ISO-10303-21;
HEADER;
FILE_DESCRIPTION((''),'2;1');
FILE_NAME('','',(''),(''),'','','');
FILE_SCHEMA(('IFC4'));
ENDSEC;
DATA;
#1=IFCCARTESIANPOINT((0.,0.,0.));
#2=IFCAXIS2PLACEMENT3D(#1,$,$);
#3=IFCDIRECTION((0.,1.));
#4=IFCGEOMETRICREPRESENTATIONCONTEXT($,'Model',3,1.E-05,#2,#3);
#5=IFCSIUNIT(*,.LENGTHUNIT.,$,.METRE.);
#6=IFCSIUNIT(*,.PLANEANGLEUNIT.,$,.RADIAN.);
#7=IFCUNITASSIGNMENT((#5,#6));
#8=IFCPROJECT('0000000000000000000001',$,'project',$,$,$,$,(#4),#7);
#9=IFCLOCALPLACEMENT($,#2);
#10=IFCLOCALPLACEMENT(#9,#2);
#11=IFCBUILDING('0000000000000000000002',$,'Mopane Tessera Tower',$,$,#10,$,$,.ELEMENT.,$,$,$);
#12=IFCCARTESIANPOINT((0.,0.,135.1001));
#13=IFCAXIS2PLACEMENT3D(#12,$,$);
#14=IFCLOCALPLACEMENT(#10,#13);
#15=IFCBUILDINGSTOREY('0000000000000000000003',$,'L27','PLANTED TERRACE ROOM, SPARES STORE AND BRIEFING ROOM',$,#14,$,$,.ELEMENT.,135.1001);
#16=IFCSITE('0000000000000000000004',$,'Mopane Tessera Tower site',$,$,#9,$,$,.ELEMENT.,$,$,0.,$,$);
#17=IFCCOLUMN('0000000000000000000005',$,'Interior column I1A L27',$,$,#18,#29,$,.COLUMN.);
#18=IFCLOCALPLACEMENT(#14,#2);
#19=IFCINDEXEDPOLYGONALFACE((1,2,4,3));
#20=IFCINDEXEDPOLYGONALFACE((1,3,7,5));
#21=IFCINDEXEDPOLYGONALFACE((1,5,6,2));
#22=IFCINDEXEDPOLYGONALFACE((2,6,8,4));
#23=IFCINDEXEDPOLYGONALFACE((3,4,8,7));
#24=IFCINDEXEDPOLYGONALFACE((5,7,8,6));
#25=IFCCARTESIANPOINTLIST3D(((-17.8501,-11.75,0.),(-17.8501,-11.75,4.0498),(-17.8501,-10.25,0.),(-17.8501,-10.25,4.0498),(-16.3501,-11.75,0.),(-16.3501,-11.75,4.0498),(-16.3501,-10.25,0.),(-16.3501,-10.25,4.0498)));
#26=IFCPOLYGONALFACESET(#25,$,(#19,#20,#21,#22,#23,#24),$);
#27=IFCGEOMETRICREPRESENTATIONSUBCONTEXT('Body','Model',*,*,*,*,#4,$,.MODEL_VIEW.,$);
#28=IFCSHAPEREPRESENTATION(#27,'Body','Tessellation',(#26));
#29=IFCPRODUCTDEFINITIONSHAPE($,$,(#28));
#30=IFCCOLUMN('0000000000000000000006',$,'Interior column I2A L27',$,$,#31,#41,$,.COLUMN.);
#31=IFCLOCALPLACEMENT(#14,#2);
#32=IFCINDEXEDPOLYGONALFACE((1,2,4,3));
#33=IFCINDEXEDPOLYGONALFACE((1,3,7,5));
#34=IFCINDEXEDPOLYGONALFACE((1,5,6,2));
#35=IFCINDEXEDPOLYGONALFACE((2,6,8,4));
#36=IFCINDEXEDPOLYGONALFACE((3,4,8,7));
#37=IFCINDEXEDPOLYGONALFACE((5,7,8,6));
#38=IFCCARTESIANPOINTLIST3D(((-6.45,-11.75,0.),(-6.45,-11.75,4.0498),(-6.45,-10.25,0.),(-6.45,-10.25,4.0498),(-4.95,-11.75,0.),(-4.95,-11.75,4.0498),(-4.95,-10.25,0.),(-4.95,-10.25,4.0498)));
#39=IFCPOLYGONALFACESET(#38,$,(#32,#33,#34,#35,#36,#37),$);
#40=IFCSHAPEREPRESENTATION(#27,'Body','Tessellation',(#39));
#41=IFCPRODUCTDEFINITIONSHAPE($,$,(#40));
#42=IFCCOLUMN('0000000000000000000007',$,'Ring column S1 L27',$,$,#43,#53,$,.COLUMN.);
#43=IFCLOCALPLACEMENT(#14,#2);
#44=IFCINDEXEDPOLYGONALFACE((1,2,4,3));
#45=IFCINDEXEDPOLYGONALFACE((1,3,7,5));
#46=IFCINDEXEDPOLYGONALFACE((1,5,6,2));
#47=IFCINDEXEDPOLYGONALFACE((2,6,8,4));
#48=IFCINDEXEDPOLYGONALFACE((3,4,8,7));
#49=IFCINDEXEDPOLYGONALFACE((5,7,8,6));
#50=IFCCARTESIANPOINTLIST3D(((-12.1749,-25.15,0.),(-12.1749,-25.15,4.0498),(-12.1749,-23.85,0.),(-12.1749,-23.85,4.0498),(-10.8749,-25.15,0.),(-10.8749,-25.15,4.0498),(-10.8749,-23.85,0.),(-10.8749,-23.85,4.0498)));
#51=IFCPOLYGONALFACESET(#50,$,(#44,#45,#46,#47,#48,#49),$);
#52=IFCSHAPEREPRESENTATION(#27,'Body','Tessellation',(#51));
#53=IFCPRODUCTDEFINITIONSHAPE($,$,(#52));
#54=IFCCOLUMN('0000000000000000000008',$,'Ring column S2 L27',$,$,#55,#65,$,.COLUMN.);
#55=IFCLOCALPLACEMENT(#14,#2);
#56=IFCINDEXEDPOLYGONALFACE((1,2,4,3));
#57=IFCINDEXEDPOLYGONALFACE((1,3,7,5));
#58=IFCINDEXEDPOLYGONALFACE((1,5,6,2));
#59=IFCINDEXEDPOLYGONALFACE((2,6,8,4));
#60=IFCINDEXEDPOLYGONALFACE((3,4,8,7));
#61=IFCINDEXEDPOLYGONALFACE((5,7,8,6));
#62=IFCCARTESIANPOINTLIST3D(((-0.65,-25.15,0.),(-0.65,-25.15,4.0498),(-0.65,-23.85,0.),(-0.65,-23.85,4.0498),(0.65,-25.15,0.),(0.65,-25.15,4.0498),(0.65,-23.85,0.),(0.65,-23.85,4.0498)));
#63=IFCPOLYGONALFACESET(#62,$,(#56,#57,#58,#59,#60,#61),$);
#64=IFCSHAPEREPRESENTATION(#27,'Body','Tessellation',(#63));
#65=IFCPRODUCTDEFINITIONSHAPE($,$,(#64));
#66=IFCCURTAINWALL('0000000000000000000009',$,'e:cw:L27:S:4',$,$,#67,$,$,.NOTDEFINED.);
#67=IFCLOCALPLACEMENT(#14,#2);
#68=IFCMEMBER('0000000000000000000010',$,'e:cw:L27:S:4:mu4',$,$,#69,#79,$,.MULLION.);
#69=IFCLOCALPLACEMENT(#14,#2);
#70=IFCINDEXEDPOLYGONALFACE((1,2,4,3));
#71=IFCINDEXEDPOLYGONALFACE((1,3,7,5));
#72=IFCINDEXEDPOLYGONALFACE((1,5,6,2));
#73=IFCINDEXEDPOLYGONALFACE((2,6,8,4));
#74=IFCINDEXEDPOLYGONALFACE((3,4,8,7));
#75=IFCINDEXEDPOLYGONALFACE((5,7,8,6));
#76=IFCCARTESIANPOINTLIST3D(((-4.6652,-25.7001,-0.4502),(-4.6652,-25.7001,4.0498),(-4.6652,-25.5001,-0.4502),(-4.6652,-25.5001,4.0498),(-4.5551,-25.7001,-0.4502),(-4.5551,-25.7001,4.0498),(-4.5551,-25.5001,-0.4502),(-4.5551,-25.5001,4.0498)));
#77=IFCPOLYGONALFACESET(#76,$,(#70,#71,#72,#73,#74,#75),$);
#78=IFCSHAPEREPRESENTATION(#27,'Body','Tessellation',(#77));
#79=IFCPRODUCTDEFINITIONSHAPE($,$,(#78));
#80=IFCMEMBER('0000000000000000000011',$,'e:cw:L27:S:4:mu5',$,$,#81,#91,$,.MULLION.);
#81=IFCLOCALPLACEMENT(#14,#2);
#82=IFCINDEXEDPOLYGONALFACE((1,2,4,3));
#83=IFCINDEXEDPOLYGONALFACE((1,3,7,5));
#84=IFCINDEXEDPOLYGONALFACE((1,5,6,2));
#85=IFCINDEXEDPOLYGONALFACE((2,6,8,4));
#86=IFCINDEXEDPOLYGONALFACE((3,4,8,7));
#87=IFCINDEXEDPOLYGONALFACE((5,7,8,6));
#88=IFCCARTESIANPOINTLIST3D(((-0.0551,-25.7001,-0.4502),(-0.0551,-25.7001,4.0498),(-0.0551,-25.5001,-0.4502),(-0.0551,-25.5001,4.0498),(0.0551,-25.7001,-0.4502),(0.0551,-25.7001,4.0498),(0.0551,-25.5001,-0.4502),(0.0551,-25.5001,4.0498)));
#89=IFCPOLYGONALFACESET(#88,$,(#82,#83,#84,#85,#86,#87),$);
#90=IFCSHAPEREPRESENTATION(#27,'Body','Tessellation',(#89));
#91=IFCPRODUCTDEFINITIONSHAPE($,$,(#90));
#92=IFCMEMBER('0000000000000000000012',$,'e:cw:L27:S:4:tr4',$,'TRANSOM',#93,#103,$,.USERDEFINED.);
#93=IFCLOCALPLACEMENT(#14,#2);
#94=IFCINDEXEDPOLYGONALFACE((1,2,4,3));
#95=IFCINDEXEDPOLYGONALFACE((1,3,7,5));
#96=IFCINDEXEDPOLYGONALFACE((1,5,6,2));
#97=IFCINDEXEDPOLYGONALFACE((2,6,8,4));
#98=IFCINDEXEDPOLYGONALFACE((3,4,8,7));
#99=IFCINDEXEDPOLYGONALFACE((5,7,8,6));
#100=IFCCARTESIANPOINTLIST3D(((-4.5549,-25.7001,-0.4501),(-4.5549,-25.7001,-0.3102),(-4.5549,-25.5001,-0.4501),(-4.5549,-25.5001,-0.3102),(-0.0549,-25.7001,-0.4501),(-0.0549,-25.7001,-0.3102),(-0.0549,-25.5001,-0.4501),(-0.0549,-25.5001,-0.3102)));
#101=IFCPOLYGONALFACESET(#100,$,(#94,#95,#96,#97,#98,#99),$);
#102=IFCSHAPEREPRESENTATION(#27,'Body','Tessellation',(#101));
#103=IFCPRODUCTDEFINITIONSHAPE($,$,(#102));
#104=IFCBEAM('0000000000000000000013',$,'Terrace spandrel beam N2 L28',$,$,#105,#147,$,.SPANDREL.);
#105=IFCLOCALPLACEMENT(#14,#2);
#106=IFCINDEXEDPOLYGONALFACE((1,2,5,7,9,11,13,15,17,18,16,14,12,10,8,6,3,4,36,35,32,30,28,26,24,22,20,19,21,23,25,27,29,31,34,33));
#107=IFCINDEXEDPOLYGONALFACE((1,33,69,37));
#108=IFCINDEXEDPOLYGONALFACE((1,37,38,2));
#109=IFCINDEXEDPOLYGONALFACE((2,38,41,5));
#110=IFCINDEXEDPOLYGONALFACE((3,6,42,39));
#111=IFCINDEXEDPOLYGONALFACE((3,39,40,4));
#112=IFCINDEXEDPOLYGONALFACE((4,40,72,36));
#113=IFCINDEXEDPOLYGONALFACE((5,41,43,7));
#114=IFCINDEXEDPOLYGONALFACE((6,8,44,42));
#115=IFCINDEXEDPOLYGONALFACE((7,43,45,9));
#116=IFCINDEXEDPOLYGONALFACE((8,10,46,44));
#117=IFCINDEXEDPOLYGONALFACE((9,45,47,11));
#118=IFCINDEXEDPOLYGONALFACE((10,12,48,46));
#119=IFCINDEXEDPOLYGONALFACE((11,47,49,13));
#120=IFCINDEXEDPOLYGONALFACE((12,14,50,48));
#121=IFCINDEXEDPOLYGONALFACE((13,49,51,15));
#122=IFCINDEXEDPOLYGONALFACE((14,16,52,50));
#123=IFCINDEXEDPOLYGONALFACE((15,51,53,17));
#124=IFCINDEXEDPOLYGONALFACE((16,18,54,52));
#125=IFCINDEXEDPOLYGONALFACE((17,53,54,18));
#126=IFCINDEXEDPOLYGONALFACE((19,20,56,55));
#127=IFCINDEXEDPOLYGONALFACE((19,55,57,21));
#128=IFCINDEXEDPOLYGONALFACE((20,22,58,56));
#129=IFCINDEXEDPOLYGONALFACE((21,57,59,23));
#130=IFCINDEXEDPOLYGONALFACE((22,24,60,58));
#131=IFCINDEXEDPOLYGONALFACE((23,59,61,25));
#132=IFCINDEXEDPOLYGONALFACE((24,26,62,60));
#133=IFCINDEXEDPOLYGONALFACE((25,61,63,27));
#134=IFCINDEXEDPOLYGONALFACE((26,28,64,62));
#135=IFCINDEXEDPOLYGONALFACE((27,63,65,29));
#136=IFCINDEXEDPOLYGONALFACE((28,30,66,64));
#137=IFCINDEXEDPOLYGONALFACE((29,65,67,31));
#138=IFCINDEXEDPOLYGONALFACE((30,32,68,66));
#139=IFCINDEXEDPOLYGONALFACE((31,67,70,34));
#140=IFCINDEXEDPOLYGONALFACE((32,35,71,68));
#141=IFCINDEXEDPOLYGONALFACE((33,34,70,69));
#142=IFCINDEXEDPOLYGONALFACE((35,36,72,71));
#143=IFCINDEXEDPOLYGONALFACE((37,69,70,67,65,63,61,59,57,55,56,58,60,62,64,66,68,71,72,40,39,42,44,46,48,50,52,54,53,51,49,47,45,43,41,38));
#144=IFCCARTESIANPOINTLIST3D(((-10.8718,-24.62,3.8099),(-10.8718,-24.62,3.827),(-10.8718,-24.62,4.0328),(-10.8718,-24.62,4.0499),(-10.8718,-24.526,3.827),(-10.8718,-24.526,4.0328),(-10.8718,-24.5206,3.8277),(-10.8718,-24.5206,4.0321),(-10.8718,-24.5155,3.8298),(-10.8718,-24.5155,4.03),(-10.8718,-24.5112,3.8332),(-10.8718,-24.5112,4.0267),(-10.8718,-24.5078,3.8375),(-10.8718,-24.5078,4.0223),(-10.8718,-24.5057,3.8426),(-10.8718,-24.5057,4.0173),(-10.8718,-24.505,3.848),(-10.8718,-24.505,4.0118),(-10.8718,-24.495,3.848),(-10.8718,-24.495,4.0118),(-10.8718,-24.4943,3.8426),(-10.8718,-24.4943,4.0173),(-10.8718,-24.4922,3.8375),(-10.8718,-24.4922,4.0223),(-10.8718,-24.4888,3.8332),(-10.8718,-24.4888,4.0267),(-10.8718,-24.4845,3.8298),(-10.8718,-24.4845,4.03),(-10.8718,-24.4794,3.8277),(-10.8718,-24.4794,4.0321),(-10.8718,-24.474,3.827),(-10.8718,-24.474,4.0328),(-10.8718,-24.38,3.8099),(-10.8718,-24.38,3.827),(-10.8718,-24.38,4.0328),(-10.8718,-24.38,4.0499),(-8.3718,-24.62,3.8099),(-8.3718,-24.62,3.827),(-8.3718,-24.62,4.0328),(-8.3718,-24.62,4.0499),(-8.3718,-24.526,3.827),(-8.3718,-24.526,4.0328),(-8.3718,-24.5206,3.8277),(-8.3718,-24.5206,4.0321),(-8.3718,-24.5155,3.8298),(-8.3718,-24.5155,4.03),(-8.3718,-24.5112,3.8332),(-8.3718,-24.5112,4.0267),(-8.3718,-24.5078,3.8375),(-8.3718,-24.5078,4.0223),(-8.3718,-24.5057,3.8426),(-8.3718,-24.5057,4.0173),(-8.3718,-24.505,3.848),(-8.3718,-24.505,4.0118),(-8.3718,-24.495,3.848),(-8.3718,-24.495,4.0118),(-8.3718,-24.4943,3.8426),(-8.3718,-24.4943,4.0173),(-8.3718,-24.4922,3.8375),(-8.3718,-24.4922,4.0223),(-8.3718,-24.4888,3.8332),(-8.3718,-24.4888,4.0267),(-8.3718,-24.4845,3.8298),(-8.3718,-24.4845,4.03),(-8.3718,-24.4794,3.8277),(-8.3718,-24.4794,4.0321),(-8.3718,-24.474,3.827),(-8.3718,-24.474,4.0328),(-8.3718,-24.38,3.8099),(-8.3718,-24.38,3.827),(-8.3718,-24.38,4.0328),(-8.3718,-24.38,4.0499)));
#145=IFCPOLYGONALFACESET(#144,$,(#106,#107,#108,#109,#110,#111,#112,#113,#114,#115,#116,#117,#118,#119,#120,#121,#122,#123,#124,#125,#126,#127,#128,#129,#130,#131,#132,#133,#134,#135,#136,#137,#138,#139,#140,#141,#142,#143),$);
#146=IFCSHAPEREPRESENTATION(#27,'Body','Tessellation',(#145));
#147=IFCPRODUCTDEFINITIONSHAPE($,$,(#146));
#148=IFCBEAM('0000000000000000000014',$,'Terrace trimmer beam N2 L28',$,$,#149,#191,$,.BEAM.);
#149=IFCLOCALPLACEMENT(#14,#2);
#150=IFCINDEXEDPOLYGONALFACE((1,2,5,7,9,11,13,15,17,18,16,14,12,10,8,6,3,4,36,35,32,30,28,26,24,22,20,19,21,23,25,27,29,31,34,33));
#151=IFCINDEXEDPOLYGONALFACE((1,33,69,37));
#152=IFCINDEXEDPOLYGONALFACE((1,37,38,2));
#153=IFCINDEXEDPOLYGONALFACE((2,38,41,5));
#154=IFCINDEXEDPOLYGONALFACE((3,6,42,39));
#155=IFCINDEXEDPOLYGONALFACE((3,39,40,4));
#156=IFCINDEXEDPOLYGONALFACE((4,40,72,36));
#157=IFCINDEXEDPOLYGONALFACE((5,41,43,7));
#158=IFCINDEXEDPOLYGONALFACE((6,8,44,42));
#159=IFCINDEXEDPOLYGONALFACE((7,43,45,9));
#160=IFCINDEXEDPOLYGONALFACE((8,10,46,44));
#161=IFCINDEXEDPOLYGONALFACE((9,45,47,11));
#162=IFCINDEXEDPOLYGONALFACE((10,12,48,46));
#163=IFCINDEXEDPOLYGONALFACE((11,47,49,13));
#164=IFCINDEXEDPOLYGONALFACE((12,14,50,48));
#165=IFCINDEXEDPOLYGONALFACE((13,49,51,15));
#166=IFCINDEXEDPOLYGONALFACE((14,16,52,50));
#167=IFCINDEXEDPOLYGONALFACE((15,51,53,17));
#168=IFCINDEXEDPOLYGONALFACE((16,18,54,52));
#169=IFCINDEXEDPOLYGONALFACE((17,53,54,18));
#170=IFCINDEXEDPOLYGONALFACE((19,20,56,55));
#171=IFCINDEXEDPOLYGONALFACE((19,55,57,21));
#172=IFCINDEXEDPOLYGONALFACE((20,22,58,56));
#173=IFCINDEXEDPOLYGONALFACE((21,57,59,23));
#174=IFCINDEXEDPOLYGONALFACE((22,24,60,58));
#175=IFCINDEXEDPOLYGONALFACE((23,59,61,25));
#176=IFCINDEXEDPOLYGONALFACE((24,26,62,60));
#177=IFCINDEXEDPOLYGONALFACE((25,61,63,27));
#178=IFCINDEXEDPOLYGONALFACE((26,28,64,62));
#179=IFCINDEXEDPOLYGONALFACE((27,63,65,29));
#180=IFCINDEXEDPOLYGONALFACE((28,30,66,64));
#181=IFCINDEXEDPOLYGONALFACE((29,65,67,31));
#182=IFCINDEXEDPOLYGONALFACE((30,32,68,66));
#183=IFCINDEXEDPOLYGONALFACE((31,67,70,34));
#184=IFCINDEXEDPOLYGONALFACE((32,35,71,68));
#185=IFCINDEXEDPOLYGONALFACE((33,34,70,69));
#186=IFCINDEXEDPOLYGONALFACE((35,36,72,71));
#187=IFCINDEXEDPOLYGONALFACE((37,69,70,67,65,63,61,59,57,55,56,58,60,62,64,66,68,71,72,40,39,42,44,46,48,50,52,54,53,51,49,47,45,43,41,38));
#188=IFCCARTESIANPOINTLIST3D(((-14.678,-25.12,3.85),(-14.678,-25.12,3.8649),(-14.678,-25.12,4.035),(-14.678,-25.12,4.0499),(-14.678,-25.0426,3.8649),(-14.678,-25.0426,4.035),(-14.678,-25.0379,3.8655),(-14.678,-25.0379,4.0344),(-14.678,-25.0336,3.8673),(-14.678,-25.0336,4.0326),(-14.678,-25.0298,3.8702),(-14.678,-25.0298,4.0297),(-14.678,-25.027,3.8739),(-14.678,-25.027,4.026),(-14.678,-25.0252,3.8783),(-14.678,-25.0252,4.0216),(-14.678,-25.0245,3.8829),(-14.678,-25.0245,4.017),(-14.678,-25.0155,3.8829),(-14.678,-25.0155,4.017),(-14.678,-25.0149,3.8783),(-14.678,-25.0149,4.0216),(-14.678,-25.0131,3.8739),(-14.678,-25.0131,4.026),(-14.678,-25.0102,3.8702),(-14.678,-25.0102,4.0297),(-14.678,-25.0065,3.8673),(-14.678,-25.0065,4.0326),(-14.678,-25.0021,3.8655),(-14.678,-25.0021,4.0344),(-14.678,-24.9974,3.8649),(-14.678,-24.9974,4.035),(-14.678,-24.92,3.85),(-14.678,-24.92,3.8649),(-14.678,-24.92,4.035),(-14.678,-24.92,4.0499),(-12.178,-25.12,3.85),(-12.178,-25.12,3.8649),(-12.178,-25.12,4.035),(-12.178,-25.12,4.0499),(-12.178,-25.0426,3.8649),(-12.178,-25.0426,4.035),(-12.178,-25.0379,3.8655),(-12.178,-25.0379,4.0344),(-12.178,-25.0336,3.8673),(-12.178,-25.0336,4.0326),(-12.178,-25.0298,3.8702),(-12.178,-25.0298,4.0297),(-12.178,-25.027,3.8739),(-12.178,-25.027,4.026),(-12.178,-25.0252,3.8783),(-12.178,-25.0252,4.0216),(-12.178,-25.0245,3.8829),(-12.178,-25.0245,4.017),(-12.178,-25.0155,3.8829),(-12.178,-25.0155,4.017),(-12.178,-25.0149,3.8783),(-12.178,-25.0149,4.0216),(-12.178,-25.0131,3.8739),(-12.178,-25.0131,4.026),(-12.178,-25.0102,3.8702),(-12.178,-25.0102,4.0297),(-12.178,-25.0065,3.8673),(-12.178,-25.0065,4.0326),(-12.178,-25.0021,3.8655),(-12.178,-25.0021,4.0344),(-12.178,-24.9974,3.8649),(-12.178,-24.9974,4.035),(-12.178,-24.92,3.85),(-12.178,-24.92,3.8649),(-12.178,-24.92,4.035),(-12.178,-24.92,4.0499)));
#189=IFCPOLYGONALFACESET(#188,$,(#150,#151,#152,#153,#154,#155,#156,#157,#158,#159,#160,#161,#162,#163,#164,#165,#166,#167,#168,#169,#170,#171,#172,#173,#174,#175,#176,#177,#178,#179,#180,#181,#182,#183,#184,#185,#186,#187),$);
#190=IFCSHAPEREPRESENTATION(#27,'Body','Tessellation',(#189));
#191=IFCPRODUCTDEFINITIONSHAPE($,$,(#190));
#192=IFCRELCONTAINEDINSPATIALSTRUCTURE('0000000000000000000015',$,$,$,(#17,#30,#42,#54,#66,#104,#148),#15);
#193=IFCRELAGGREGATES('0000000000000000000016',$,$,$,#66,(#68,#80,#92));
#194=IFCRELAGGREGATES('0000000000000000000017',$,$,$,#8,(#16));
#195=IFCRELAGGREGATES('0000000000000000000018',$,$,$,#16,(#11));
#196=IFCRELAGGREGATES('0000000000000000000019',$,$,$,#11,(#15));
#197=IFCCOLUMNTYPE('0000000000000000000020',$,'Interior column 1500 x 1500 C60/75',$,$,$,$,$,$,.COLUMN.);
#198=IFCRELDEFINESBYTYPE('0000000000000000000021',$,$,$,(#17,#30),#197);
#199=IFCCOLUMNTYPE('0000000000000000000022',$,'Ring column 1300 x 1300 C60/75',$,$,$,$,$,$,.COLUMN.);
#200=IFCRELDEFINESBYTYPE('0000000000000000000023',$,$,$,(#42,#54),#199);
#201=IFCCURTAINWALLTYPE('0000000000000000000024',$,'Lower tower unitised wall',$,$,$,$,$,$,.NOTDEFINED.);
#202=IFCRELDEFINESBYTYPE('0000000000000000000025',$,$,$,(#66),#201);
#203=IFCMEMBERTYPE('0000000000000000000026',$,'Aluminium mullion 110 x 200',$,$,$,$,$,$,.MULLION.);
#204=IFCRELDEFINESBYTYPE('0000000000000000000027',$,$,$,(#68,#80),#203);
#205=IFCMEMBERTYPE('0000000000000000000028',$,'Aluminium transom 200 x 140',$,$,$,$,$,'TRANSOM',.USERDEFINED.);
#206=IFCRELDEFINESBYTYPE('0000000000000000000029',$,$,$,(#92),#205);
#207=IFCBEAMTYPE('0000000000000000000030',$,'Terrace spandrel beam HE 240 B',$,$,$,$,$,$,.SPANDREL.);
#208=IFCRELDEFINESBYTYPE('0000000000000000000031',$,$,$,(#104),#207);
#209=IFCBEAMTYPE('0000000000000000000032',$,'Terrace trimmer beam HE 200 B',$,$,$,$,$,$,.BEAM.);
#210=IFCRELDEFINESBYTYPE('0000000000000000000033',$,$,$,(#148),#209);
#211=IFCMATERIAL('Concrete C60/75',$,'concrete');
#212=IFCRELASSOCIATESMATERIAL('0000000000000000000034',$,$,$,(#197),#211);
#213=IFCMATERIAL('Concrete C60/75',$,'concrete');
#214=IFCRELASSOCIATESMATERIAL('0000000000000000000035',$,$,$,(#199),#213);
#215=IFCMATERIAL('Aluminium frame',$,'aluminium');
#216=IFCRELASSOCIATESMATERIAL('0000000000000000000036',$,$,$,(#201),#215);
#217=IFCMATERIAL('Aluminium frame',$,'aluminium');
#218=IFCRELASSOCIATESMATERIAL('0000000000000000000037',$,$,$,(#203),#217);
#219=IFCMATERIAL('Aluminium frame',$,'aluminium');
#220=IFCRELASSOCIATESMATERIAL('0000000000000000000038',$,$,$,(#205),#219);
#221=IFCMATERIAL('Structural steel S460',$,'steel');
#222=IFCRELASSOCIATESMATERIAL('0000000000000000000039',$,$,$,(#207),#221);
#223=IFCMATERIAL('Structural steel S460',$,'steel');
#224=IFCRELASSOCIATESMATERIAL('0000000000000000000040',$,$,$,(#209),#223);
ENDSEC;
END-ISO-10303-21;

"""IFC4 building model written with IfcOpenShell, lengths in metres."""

from ifc_helpers import new_model, si_unit, direction, frame, origin, origin_2d, place, context, subcontext, project, spatial, rectangle, i_section, extrude, material, material_profile, profile_set, type_object, element, aggregate, save


model = new_model("IFC4")

# Units and contexts
model_context = context("Model", 3, precision=1e-05, world=origin(), true_north=direction((0.0, 1.0)))
body_context = subcontext(model_context, "Body", "Model", "MODEL_VIEW")
ifc_project = project(units=[si_unit("LENGTHUNIT", "METRE"), si_unit("PLANEANGLEUNIT", "RADIAN")], contexts=[model_context])

# Site, building, storey
site_placement = place(None, origin())
site = spatial("IfcSite", under=ifc_project, at=site_placement, Name="Mopane Tessera Tower site", CompositionType="ELEMENT", RefElevation=0.0)
building_placement = place(site_placement, origin())
building = spatial("IfcBuilding", under=site, at=building_placement, Name="Mopane Tessera Tower", CompositionType="ELEMENT")
storey_placement = place(building_placement, frame((0.0, 0.0, 135.1001)))
storey = spatial("IfcBuildingStorey", under=building, at=storey_placement, Name="L27", Description="PLANTED TERRACE ROOM, SPARES STORE AND BRIEFING ROOM", CompositionType="ELEMENT", Elevation=135.1001)

# Columns
ifc_material_1 = material(Name="Concrete C60/75", Category="concrete")
ifc_material_profile_1 = material_profile(ifc_material_1, rectangle(XDim=1.5, YDim=1.5, at=origin_2d()))
ifc_profile_set_1 = profile_set([ifc_material_profile_1], Name="Concrete C60/75")
column_type_1 = type_object("IfcColumnType", Name="Interior column 1500 x 1500 C60/75", PredefinedType="COLUMN", material=ifc_profile_set_1)
for number, where, z_axis, x_axis, name in (
    (1, (-17.1001, -11.0, 0.0), (0.0, 0.0, 1.0), (1.0, 0.0, 0.0), "Interior column I1A L27"),
    (2, (-5.7, -11.0, 0.0), (0.0, 0.0, 1.0), (1.0, 0.0, 0.0), "Interior column I2A L27"),
):
    element("IfcColumn", number, at=place(storey_placement, frame(where, z_axis=z_axis, x_axis=x_axis)), inside=storey, type_object=column_type_1, Name=name, PredefinedType="COLUMN", context=body_context, shape_type="SweptSolid", body=[
        extrude(rectangle(XDim=1.5, YDim=1.5, at=origin_2d()), origin(), (0.0, 0.0, 1.0), 4.0498),
    ])
ifc_material_2 = material(Name="Concrete C60/75", Category="concrete")
ifc_material_profile_2 = material_profile(ifc_material_2, rectangle(XDim=1.3, YDim=1.3, at=origin_2d()))
ifc_profile_set_2 = profile_set([ifc_material_profile_2], Name="Concrete C60/75")
column_type_2 = type_object("IfcColumnType", Name="Ring column 1300 x 1300 C60/75", PredefinedType="COLUMN", material=ifc_profile_set_2)
for number, where, z_axis, x_axis, name in (
    (3, (-11.5249, -24.5, 0.0), (0.0, 0.0, 1.0), (1.0, 0.0, 0.0), "Ring column S1 L27"),
    (4, (0.0, -24.5, 0.0), (0.0, 0.0, 1.0), (1.0, 0.0, 0.0), "Ring column S2 L27"),
):
    element("IfcColumn", number, at=place(storey_placement, frame(where, z_axis=z_axis, x_axis=x_axis)), inside=storey, type_object=column_type_2, Name=name, PredefinedType="COLUMN", context=body_context, shape_type="SweptSolid", body=[
        extrude(rectangle(XDim=1.3, YDim=1.3, at=origin_2d()), origin(), (0.0, 0.0, 1.0), 4.0498),
    ])

# Curtain wall, members
ifc_material_3 = material(Name="Aluminium frame", Category="aluminium")
curtain_wall_type = type_object("IfcCurtainWallType", Name="Lower tower unitised wall", PredefinedType="NOTDEFINED", material=ifc_material_3)
curtain_wall_placement = place(storey_placement, origin())
curtain_wall = element("IfcCurtainWall", 5, at=curtain_wall_placement, inside=storey, type_object=curtain_wall_type, Name="e:cw:L27:S:4", PredefinedType="NOTDEFINED")
ifc_material_4 = material(Name="Aluminium frame", Category="aluminium")
ifc_material_profile_3 = material_profile(ifc_material_4, rectangle(XDim=0.1101, YDim=0.2, at=origin_2d()))
ifc_profile_set_3 = profile_set([ifc_material_profile_3], Name="Aluminium frame")
member_type_1 = type_object("IfcMemberType", Name="Aluminium mullion 110 x 200", PredefinedType="MULLION", material=ifc_profile_set_3)
member_1_placement = place(storey_placement, frame((-4.6101, -25.6001, -0.4502), z_axis=(0.0, 0.0, 1.0), x_axis=(1.0, 0.0, 0.0)))
member_1 = element("IfcMember", 6, at=member_1_placement, type_object=member_type_1, Name="e:cw:L27:S:4:mu4", PredefinedType="MULLION", context=body_context, shape_type="SweptSolid", body=[
    extrude(rectangle(XDim=0.1101, YDim=0.2, at=origin_2d()), origin(), (0.0, 0.0, 1.0), 4.5),
])
member_2_placement = place(storey_placement, frame((0.0, -25.6001, -0.4502), z_axis=(0.0, 0.0, 1.0), x_axis=(1.0, 0.0, 0.0)))
member_2 = element("IfcMember", 7, at=member_2_placement, type_object=member_type_1, Name="e:cw:L27:S:4:mu5", PredefinedType="MULLION", context=body_context, shape_type="SweptSolid", body=[
    extrude(rectangle(XDim=0.1101, YDim=0.2, at=origin_2d()), origin(), (0.0, 0.0, 1.0), 4.5),
])
ifc_material_5 = material(Name="Aluminium frame", Category="aluminium")
ifc_material_profile_4 = material_profile(ifc_material_5, rectangle(XDim=0.2, YDim=0.1399, at=origin_2d()))
ifc_profile_set_4 = profile_set([ifc_material_profile_4], Name="Aluminium frame")
member_type_2 = type_object("IfcMemberType", Name="Aluminium transom 200 x 140", ElementType="TRANSOM", PredefinedType="USERDEFINED", material=ifc_profile_set_4)
member_3_placement = place(storey_placement, frame((-4.5549, -25.6001, -0.3801), z_axis=(1.0, 0.0, 0.0), x_axis=(0.0, 1.0, 0.0)))
member_3 = element("IfcMember", 8, at=member_3_placement, type_object=member_type_2, Name="e:cw:L27:S:4:tr4", ObjectType="TRANSOM", PredefinedType="USERDEFINED", context=body_context, shape_type="SweptSolid", body=[
    extrude(rectangle(XDim=0.2, YDim=0.1399, at=origin_2d()), origin(), (0.0, 0.0, 1.0), 4.5),
])

# Beams
ifc_material_6 = material(Name="Structural steel S460", Category="steel")
ifc_material_profile_5 = material_profile(ifc_material_6, i_section(OverallWidth=0.24, OverallDepth=0.24, WebThickness=0.01, FlangeThickness=0.0171, FilletRadius=0.021, at=origin_2d()))
ifc_profile_set_5 = profile_set([ifc_material_profile_5], Name="Structural steel S460")
beam_type_1 = type_object("IfcBeamType", Name="Terrace spandrel beam HE 240 B", PredefinedType="SPANDREL", material=ifc_profile_set_5)
beam_1_placement = place(storey_placement, frame((-10.8718, -24.5, 3.9299), z_axis=(1.0, 0.0, 0.0), x_axis=(0.0, 1.0, 0.0)))
element("IfcBeam", 9, at=beam_1_placement, inside=storey, type_object=beam_type_1, Name="Terrace spandrel beam N2 L28", PredefinedType="SPANDREL", context=body_context, shape_type="SweptSolid", body=[
    extrude(i_section(OverallWidth=0.24, OverallDepth=0.24, WebThickness=0.01, FlangeThickness=0.0171, FilletRadius=0.021, at=origin_2d()), origin(), (0.0, 0.0, 1.0), 2.5),
])
ifc_material_7 = material(Name="Structural steel S460", Category="steel")
ifc_material_profile_6 = material_profile(ifc_material_7, i_section(OverallWidth=0.2, OverallDepth=0.2, WebThickness=0.009, FlangeThickness=0.0149, FilletRadius=0.0181, at=origin_2d()))
ifc_profile_set_6 = profile_set([ifc_material_profile_6], Name="Structural steel S460")
beam_type_2 = type_object("IfcBeamType", Name="Terrace trimmer beam HE 200 B", PredefinedType="BEAM", material=ifc_profile_set_6)
beam_2_placement = place(storey_placement, frame((-12.178, -25.02, 3.95), z_axis=(-1.0, 0.0, 0.0), x_axis=(0.0, -1.0, 0.0)))
element("IfcBeam", 10, at=beam_2_placement, inside=storey, type_object=beam_type_2, Name="Terrace trimmer beam N2 L28", PredefinedType="BEAM", context=body_context, shape_type="SweptSolid", body=[
    extrude(i_section(OverallWidth=0.2, OverallDepth=0.2, WebThickness=0.009, FlangeThickness=0.0149, FilletRadius=0.0181, at=origin_2d()), origin(), (0.0, 0.0, 1.0), 2.5),
])

aggregate(curtain_wall, [member_1, member_2, member_3])

save(model, "model.ifc")
